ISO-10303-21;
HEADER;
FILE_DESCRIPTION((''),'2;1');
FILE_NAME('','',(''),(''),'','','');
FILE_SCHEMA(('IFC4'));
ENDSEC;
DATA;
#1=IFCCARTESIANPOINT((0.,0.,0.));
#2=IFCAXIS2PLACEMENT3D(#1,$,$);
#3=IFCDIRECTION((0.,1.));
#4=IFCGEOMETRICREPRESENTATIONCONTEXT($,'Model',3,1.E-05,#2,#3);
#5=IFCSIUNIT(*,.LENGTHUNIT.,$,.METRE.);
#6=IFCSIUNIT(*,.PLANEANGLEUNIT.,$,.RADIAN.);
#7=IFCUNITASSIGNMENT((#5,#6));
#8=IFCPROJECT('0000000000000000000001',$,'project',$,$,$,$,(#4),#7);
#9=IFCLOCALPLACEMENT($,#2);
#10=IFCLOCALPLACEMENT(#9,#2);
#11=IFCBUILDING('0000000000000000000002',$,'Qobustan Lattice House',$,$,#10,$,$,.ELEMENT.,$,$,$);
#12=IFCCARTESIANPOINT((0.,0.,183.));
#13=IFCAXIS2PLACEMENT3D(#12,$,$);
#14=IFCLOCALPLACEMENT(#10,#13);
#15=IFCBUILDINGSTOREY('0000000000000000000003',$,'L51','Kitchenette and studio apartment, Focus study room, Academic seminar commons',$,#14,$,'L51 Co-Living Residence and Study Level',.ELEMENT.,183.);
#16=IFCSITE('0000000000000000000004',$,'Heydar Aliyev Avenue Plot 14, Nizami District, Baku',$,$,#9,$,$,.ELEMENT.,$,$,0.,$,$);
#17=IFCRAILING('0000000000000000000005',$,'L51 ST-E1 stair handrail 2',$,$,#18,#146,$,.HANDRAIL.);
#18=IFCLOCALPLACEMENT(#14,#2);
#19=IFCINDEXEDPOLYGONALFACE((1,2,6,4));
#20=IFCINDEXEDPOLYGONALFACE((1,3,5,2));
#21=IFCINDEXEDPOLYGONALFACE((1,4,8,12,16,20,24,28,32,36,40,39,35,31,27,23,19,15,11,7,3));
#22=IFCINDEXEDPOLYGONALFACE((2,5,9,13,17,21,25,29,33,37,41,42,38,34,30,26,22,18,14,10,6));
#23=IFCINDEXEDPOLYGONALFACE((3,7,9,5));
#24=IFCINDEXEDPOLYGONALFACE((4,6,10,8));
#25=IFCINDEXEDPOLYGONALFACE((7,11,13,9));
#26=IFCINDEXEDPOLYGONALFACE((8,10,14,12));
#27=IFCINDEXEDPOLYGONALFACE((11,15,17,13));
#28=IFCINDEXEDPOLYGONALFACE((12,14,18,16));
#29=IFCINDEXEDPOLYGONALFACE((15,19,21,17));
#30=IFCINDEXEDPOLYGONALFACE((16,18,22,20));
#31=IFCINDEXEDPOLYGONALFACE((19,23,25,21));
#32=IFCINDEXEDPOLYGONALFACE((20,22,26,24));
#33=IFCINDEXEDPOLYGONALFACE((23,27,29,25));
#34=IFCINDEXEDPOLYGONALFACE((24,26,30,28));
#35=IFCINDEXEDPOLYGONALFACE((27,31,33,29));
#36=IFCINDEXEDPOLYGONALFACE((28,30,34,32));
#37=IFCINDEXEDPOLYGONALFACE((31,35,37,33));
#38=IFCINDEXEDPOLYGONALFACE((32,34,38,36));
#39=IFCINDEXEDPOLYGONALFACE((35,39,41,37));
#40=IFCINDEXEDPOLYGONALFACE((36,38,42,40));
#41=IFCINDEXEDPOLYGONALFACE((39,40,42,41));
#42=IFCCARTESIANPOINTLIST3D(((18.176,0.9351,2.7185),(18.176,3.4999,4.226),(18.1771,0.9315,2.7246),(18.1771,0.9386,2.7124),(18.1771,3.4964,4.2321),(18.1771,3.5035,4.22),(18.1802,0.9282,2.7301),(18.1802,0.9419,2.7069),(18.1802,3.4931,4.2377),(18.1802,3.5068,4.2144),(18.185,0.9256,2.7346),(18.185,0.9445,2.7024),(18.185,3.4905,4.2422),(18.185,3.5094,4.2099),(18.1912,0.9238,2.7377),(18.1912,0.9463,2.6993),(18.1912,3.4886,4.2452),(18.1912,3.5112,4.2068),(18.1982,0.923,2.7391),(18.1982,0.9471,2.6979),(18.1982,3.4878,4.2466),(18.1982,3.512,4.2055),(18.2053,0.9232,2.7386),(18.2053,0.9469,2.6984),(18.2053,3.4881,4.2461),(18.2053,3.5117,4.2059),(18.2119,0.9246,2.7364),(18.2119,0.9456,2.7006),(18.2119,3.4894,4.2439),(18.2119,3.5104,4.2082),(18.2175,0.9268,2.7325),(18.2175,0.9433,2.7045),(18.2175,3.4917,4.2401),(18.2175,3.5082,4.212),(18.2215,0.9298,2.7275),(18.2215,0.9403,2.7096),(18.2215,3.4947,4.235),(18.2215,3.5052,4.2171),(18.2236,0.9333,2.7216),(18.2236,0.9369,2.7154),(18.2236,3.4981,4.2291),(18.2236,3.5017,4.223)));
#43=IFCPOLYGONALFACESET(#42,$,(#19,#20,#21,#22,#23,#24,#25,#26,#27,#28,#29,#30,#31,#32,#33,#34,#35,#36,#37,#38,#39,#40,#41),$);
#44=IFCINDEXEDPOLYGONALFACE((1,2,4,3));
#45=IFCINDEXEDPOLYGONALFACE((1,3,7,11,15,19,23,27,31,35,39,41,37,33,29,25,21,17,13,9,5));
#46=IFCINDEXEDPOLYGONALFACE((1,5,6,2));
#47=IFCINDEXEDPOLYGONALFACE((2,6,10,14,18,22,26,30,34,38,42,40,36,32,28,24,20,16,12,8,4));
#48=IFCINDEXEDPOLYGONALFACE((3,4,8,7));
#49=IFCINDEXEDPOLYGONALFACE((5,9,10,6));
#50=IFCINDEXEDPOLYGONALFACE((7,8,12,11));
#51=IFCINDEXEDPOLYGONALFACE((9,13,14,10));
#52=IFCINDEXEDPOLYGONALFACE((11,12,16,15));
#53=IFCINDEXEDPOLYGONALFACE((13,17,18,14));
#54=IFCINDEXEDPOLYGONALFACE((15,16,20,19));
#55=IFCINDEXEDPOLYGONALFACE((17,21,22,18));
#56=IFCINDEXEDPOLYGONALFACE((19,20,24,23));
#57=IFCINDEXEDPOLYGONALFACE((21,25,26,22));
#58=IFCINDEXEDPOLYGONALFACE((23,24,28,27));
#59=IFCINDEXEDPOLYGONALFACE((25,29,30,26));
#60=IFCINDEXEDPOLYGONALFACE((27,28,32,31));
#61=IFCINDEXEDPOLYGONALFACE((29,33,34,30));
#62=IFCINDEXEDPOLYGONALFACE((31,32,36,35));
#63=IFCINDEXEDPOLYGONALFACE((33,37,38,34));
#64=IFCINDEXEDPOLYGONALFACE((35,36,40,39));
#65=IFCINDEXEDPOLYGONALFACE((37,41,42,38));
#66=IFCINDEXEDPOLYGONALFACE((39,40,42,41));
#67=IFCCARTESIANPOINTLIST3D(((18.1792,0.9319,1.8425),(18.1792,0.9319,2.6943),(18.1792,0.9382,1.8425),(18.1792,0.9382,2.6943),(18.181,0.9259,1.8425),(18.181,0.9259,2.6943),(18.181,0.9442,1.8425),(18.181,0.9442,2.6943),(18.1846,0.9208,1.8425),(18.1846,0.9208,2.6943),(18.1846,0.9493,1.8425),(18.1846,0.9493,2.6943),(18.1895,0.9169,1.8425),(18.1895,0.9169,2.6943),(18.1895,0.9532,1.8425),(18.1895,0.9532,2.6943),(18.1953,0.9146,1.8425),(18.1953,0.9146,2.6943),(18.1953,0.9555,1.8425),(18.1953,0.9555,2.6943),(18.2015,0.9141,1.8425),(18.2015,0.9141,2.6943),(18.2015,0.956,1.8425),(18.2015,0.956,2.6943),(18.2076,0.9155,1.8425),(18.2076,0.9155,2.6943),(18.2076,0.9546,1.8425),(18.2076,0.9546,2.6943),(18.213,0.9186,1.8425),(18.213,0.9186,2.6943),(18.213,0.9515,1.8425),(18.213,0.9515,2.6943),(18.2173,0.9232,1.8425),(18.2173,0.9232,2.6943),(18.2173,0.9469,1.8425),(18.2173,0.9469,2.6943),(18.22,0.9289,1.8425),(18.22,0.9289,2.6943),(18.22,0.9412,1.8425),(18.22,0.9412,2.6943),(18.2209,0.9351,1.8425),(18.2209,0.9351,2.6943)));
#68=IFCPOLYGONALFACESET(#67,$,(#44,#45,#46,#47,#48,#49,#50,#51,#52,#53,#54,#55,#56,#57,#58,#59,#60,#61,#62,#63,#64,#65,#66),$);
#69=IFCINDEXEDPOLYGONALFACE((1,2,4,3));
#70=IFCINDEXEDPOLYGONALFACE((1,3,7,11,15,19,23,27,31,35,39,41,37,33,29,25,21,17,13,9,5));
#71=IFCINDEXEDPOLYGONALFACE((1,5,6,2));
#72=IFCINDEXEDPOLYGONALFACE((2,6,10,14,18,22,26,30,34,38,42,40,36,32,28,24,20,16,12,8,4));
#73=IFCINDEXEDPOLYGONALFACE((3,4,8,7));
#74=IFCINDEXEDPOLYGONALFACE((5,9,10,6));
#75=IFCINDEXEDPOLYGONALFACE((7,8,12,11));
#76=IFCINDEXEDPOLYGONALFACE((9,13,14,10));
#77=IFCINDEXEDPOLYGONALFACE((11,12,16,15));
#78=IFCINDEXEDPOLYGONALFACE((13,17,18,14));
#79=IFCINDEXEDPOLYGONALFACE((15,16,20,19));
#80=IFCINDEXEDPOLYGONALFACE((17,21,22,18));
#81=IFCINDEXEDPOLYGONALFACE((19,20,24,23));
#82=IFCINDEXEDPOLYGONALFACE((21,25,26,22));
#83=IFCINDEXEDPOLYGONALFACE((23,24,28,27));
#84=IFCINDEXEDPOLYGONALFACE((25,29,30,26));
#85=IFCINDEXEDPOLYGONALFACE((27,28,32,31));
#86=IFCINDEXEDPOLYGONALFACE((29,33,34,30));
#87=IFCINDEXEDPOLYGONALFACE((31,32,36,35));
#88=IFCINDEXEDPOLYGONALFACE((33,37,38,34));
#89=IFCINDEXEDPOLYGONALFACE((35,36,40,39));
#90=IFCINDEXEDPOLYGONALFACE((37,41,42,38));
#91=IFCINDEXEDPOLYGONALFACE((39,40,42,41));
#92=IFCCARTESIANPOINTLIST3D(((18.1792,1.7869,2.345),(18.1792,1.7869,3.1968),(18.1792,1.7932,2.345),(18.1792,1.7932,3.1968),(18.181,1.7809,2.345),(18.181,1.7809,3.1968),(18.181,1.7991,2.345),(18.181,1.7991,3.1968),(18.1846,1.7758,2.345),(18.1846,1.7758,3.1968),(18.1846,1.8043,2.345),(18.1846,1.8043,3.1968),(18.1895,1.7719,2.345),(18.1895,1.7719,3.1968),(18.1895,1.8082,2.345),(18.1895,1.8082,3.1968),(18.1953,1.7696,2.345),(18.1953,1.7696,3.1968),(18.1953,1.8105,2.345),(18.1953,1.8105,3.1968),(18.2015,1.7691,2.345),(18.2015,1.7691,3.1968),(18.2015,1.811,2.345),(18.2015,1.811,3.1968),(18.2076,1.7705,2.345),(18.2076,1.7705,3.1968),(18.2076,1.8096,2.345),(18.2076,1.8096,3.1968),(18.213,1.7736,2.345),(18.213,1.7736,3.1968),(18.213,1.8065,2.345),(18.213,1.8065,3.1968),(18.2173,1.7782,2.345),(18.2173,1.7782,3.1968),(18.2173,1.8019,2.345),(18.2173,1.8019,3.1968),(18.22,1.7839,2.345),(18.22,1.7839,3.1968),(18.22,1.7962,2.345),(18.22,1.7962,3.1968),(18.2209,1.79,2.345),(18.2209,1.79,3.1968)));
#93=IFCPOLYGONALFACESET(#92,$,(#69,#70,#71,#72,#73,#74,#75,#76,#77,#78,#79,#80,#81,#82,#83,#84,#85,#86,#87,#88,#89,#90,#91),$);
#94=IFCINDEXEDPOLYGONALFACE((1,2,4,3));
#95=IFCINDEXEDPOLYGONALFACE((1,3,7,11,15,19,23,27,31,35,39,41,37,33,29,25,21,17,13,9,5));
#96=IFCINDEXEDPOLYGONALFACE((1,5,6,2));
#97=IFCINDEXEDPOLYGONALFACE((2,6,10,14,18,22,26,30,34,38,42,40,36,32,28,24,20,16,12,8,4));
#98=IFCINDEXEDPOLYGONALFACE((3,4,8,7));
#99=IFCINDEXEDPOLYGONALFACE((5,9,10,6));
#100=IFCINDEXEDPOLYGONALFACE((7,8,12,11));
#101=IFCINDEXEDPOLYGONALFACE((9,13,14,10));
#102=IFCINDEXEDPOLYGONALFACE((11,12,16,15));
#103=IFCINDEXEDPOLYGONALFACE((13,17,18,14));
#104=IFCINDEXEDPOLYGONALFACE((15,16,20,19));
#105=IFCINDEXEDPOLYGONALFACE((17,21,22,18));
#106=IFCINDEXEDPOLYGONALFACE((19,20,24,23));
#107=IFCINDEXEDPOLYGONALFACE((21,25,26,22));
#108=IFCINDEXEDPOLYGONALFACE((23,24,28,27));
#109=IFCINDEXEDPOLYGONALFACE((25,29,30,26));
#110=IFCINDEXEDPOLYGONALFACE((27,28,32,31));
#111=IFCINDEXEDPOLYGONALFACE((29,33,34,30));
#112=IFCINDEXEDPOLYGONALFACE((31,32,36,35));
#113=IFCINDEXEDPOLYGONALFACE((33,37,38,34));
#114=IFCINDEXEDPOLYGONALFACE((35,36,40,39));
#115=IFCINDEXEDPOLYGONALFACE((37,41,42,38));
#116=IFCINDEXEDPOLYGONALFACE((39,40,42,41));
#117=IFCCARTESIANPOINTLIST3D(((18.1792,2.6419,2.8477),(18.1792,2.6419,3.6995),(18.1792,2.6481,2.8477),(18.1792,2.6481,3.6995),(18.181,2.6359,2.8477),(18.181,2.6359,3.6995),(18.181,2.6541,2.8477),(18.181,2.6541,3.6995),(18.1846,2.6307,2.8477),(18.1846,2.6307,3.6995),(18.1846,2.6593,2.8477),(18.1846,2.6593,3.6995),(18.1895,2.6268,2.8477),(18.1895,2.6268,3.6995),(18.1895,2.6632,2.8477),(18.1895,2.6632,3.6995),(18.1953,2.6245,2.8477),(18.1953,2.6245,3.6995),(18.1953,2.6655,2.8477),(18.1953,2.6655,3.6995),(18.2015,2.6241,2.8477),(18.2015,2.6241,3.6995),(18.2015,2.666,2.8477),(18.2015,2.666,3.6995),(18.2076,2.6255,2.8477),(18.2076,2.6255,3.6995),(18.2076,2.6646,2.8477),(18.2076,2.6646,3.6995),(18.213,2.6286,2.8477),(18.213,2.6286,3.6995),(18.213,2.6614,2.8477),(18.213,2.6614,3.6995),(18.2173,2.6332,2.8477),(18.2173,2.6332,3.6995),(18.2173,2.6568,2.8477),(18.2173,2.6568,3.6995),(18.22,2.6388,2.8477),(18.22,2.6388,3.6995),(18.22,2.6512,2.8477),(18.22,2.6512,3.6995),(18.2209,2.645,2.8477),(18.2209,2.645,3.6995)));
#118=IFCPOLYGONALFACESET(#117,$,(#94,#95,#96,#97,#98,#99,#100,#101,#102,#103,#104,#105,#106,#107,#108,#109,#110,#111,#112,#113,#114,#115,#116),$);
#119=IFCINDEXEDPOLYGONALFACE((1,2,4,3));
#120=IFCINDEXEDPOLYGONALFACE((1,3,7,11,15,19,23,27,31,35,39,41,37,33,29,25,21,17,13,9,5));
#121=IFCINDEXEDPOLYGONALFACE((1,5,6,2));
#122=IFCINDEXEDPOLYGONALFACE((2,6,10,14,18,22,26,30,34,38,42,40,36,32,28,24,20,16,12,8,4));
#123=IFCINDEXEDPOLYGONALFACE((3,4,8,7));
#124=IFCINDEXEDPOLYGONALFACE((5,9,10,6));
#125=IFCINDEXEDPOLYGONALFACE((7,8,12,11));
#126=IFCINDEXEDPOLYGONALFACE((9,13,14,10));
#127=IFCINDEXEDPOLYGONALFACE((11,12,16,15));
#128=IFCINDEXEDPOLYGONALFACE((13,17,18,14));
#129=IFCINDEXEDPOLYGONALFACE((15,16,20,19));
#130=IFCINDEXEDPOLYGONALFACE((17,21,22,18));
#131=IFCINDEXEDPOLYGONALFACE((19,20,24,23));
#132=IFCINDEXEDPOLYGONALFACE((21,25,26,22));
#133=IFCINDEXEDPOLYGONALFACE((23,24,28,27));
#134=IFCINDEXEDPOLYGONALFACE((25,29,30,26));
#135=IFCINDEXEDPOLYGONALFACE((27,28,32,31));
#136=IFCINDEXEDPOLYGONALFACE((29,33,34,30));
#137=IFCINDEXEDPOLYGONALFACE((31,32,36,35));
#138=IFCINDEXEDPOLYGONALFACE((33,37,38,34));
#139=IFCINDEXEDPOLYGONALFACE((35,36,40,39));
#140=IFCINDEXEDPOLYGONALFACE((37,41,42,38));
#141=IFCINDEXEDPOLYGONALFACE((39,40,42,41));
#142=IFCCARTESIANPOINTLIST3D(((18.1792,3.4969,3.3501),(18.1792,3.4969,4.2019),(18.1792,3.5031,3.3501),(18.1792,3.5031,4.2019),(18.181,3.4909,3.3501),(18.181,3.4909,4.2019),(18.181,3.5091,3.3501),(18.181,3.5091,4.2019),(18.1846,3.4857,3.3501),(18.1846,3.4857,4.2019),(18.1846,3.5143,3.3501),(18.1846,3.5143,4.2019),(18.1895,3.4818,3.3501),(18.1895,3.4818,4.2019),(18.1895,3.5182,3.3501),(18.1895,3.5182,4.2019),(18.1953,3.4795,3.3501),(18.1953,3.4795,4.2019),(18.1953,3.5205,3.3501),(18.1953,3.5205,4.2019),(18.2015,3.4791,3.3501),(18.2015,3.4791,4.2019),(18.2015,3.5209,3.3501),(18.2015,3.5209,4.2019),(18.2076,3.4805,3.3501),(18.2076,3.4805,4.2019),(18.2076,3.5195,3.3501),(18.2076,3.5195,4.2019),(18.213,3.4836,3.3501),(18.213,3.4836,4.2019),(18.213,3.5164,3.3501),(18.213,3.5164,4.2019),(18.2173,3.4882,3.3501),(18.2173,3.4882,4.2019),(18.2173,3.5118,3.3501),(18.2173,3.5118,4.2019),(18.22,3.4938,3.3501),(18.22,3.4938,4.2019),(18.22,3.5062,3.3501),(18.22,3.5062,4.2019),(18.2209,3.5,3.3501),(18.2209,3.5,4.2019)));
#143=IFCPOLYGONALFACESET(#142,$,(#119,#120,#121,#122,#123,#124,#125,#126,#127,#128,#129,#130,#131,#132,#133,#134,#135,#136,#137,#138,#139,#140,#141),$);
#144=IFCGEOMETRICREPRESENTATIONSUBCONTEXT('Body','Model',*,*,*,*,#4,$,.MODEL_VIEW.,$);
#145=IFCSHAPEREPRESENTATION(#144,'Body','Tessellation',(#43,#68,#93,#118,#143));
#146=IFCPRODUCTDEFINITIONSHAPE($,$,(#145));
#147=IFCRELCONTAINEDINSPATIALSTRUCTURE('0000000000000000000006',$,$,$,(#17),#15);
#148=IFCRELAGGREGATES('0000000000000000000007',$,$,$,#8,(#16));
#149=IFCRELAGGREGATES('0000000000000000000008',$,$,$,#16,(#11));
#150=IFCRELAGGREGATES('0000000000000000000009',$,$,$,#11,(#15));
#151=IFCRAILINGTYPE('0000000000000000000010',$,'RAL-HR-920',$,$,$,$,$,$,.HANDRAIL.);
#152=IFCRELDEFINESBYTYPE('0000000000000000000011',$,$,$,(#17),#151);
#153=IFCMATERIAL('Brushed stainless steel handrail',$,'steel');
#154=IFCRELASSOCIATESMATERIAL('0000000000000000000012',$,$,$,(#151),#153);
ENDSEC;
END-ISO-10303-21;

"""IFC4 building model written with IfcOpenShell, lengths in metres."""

from ifc_helpers import new_model, si_unit, direction, frame, origin, origin_2d, place, context, subcontext, project, spatial, circle, extrude, material, type_object, element, save


model = new_model("IFC4")

# Units and contexts
model_context = context("Model", 3, precision=1e-05, world=origin(), true_north=direction((0.0, 1.0)))
body_context = subcontext(model_context, "Body", "Model", "MODEL_VIEW")
ifc_project = project(units=[si_unit("LENGTHUNIT", "METRE"), si_unit("PLANEANGLEUNIT", "RADIAN")], contexts=[model_context])

# Site, building, storey
site_placement = place(None, origin())
site = spatial("IfcSite", under=ifc_project, at=site_placement, Name="Heydar Aliyev Avenue Plot 14, Nizami District, Baku", CompositionType="ELEMENT", RefElevation=0.0)
building_placement = place(site_placement, origin())
building = spatial("IfcBuilding", under=site, at=building_placement, Name="Qobustan Lattice House", CompositionType="ELEMENT")
storey_placement = place(building_placement, frame((0.0, 0.0, 183.0)))
storey = spatial("IfcBuildingStorey", under=building, at=storey_placement, Name="L51", Description="Kitchenette and studio apartment, Focus study room, Academic seminar commons", LongName="L51 Co-Living Residence and Study Level", CompositionType="ELEMENT", Elevation=183.0)

# Railing
ifc_material_1 = material(Name="Brushed stainless steel handrail", Category="steel")
railing_type_1 = type_object("IfcRailingType", Name="RAL-HR-920", PredefinedType="HANDRAIL", material=ifc_material_1)
railing_1_placement = place(storey_placement, frame((18.2, 0.9351, 1.8425)))
element("IfcRailing", 1, at=railing_1_placement, inside=storey, type_object=railing_type_1, Name="L51 ST-E1 stair handrail 2", PredefinedType="HANDRAIL", context=body_context, shape_type="SweptSolid", body=[
    extrude(circle(Radius=0.0239, at=origin_2d()), frame((0.0, 0.0, 0.876), z_axis=(0.0, 0.862113, 0.506715), x_axis=(-1.0, 0.0, 0.0)), (0.0, 0.0, 1.0), 2.9751),
    extrude(circle(Radius=0.021, at=origin_2d()), origin(), (0.0, 0.0, 1.0), 0.8518),
    extrude(circle(Radius=0.021, at=origin_2d()), frame((0.0, 0.855, 0.5024)), (0.0, 0.0, 1.0), 0.8518),
    extrude(circle(Radius=0.021, at=origin_2d()), frame((0.0, 1.71, 1.0051)), (0.0, 0.0, 1.0), 0.8518),
    extrude(circle(Radius=0.021, at=origin_2d()), frame((0.0, 2.5649, 1.5076)), (0.0, 0.0, 1.0), 0.8518),
])

save(model, "model.ifc")
